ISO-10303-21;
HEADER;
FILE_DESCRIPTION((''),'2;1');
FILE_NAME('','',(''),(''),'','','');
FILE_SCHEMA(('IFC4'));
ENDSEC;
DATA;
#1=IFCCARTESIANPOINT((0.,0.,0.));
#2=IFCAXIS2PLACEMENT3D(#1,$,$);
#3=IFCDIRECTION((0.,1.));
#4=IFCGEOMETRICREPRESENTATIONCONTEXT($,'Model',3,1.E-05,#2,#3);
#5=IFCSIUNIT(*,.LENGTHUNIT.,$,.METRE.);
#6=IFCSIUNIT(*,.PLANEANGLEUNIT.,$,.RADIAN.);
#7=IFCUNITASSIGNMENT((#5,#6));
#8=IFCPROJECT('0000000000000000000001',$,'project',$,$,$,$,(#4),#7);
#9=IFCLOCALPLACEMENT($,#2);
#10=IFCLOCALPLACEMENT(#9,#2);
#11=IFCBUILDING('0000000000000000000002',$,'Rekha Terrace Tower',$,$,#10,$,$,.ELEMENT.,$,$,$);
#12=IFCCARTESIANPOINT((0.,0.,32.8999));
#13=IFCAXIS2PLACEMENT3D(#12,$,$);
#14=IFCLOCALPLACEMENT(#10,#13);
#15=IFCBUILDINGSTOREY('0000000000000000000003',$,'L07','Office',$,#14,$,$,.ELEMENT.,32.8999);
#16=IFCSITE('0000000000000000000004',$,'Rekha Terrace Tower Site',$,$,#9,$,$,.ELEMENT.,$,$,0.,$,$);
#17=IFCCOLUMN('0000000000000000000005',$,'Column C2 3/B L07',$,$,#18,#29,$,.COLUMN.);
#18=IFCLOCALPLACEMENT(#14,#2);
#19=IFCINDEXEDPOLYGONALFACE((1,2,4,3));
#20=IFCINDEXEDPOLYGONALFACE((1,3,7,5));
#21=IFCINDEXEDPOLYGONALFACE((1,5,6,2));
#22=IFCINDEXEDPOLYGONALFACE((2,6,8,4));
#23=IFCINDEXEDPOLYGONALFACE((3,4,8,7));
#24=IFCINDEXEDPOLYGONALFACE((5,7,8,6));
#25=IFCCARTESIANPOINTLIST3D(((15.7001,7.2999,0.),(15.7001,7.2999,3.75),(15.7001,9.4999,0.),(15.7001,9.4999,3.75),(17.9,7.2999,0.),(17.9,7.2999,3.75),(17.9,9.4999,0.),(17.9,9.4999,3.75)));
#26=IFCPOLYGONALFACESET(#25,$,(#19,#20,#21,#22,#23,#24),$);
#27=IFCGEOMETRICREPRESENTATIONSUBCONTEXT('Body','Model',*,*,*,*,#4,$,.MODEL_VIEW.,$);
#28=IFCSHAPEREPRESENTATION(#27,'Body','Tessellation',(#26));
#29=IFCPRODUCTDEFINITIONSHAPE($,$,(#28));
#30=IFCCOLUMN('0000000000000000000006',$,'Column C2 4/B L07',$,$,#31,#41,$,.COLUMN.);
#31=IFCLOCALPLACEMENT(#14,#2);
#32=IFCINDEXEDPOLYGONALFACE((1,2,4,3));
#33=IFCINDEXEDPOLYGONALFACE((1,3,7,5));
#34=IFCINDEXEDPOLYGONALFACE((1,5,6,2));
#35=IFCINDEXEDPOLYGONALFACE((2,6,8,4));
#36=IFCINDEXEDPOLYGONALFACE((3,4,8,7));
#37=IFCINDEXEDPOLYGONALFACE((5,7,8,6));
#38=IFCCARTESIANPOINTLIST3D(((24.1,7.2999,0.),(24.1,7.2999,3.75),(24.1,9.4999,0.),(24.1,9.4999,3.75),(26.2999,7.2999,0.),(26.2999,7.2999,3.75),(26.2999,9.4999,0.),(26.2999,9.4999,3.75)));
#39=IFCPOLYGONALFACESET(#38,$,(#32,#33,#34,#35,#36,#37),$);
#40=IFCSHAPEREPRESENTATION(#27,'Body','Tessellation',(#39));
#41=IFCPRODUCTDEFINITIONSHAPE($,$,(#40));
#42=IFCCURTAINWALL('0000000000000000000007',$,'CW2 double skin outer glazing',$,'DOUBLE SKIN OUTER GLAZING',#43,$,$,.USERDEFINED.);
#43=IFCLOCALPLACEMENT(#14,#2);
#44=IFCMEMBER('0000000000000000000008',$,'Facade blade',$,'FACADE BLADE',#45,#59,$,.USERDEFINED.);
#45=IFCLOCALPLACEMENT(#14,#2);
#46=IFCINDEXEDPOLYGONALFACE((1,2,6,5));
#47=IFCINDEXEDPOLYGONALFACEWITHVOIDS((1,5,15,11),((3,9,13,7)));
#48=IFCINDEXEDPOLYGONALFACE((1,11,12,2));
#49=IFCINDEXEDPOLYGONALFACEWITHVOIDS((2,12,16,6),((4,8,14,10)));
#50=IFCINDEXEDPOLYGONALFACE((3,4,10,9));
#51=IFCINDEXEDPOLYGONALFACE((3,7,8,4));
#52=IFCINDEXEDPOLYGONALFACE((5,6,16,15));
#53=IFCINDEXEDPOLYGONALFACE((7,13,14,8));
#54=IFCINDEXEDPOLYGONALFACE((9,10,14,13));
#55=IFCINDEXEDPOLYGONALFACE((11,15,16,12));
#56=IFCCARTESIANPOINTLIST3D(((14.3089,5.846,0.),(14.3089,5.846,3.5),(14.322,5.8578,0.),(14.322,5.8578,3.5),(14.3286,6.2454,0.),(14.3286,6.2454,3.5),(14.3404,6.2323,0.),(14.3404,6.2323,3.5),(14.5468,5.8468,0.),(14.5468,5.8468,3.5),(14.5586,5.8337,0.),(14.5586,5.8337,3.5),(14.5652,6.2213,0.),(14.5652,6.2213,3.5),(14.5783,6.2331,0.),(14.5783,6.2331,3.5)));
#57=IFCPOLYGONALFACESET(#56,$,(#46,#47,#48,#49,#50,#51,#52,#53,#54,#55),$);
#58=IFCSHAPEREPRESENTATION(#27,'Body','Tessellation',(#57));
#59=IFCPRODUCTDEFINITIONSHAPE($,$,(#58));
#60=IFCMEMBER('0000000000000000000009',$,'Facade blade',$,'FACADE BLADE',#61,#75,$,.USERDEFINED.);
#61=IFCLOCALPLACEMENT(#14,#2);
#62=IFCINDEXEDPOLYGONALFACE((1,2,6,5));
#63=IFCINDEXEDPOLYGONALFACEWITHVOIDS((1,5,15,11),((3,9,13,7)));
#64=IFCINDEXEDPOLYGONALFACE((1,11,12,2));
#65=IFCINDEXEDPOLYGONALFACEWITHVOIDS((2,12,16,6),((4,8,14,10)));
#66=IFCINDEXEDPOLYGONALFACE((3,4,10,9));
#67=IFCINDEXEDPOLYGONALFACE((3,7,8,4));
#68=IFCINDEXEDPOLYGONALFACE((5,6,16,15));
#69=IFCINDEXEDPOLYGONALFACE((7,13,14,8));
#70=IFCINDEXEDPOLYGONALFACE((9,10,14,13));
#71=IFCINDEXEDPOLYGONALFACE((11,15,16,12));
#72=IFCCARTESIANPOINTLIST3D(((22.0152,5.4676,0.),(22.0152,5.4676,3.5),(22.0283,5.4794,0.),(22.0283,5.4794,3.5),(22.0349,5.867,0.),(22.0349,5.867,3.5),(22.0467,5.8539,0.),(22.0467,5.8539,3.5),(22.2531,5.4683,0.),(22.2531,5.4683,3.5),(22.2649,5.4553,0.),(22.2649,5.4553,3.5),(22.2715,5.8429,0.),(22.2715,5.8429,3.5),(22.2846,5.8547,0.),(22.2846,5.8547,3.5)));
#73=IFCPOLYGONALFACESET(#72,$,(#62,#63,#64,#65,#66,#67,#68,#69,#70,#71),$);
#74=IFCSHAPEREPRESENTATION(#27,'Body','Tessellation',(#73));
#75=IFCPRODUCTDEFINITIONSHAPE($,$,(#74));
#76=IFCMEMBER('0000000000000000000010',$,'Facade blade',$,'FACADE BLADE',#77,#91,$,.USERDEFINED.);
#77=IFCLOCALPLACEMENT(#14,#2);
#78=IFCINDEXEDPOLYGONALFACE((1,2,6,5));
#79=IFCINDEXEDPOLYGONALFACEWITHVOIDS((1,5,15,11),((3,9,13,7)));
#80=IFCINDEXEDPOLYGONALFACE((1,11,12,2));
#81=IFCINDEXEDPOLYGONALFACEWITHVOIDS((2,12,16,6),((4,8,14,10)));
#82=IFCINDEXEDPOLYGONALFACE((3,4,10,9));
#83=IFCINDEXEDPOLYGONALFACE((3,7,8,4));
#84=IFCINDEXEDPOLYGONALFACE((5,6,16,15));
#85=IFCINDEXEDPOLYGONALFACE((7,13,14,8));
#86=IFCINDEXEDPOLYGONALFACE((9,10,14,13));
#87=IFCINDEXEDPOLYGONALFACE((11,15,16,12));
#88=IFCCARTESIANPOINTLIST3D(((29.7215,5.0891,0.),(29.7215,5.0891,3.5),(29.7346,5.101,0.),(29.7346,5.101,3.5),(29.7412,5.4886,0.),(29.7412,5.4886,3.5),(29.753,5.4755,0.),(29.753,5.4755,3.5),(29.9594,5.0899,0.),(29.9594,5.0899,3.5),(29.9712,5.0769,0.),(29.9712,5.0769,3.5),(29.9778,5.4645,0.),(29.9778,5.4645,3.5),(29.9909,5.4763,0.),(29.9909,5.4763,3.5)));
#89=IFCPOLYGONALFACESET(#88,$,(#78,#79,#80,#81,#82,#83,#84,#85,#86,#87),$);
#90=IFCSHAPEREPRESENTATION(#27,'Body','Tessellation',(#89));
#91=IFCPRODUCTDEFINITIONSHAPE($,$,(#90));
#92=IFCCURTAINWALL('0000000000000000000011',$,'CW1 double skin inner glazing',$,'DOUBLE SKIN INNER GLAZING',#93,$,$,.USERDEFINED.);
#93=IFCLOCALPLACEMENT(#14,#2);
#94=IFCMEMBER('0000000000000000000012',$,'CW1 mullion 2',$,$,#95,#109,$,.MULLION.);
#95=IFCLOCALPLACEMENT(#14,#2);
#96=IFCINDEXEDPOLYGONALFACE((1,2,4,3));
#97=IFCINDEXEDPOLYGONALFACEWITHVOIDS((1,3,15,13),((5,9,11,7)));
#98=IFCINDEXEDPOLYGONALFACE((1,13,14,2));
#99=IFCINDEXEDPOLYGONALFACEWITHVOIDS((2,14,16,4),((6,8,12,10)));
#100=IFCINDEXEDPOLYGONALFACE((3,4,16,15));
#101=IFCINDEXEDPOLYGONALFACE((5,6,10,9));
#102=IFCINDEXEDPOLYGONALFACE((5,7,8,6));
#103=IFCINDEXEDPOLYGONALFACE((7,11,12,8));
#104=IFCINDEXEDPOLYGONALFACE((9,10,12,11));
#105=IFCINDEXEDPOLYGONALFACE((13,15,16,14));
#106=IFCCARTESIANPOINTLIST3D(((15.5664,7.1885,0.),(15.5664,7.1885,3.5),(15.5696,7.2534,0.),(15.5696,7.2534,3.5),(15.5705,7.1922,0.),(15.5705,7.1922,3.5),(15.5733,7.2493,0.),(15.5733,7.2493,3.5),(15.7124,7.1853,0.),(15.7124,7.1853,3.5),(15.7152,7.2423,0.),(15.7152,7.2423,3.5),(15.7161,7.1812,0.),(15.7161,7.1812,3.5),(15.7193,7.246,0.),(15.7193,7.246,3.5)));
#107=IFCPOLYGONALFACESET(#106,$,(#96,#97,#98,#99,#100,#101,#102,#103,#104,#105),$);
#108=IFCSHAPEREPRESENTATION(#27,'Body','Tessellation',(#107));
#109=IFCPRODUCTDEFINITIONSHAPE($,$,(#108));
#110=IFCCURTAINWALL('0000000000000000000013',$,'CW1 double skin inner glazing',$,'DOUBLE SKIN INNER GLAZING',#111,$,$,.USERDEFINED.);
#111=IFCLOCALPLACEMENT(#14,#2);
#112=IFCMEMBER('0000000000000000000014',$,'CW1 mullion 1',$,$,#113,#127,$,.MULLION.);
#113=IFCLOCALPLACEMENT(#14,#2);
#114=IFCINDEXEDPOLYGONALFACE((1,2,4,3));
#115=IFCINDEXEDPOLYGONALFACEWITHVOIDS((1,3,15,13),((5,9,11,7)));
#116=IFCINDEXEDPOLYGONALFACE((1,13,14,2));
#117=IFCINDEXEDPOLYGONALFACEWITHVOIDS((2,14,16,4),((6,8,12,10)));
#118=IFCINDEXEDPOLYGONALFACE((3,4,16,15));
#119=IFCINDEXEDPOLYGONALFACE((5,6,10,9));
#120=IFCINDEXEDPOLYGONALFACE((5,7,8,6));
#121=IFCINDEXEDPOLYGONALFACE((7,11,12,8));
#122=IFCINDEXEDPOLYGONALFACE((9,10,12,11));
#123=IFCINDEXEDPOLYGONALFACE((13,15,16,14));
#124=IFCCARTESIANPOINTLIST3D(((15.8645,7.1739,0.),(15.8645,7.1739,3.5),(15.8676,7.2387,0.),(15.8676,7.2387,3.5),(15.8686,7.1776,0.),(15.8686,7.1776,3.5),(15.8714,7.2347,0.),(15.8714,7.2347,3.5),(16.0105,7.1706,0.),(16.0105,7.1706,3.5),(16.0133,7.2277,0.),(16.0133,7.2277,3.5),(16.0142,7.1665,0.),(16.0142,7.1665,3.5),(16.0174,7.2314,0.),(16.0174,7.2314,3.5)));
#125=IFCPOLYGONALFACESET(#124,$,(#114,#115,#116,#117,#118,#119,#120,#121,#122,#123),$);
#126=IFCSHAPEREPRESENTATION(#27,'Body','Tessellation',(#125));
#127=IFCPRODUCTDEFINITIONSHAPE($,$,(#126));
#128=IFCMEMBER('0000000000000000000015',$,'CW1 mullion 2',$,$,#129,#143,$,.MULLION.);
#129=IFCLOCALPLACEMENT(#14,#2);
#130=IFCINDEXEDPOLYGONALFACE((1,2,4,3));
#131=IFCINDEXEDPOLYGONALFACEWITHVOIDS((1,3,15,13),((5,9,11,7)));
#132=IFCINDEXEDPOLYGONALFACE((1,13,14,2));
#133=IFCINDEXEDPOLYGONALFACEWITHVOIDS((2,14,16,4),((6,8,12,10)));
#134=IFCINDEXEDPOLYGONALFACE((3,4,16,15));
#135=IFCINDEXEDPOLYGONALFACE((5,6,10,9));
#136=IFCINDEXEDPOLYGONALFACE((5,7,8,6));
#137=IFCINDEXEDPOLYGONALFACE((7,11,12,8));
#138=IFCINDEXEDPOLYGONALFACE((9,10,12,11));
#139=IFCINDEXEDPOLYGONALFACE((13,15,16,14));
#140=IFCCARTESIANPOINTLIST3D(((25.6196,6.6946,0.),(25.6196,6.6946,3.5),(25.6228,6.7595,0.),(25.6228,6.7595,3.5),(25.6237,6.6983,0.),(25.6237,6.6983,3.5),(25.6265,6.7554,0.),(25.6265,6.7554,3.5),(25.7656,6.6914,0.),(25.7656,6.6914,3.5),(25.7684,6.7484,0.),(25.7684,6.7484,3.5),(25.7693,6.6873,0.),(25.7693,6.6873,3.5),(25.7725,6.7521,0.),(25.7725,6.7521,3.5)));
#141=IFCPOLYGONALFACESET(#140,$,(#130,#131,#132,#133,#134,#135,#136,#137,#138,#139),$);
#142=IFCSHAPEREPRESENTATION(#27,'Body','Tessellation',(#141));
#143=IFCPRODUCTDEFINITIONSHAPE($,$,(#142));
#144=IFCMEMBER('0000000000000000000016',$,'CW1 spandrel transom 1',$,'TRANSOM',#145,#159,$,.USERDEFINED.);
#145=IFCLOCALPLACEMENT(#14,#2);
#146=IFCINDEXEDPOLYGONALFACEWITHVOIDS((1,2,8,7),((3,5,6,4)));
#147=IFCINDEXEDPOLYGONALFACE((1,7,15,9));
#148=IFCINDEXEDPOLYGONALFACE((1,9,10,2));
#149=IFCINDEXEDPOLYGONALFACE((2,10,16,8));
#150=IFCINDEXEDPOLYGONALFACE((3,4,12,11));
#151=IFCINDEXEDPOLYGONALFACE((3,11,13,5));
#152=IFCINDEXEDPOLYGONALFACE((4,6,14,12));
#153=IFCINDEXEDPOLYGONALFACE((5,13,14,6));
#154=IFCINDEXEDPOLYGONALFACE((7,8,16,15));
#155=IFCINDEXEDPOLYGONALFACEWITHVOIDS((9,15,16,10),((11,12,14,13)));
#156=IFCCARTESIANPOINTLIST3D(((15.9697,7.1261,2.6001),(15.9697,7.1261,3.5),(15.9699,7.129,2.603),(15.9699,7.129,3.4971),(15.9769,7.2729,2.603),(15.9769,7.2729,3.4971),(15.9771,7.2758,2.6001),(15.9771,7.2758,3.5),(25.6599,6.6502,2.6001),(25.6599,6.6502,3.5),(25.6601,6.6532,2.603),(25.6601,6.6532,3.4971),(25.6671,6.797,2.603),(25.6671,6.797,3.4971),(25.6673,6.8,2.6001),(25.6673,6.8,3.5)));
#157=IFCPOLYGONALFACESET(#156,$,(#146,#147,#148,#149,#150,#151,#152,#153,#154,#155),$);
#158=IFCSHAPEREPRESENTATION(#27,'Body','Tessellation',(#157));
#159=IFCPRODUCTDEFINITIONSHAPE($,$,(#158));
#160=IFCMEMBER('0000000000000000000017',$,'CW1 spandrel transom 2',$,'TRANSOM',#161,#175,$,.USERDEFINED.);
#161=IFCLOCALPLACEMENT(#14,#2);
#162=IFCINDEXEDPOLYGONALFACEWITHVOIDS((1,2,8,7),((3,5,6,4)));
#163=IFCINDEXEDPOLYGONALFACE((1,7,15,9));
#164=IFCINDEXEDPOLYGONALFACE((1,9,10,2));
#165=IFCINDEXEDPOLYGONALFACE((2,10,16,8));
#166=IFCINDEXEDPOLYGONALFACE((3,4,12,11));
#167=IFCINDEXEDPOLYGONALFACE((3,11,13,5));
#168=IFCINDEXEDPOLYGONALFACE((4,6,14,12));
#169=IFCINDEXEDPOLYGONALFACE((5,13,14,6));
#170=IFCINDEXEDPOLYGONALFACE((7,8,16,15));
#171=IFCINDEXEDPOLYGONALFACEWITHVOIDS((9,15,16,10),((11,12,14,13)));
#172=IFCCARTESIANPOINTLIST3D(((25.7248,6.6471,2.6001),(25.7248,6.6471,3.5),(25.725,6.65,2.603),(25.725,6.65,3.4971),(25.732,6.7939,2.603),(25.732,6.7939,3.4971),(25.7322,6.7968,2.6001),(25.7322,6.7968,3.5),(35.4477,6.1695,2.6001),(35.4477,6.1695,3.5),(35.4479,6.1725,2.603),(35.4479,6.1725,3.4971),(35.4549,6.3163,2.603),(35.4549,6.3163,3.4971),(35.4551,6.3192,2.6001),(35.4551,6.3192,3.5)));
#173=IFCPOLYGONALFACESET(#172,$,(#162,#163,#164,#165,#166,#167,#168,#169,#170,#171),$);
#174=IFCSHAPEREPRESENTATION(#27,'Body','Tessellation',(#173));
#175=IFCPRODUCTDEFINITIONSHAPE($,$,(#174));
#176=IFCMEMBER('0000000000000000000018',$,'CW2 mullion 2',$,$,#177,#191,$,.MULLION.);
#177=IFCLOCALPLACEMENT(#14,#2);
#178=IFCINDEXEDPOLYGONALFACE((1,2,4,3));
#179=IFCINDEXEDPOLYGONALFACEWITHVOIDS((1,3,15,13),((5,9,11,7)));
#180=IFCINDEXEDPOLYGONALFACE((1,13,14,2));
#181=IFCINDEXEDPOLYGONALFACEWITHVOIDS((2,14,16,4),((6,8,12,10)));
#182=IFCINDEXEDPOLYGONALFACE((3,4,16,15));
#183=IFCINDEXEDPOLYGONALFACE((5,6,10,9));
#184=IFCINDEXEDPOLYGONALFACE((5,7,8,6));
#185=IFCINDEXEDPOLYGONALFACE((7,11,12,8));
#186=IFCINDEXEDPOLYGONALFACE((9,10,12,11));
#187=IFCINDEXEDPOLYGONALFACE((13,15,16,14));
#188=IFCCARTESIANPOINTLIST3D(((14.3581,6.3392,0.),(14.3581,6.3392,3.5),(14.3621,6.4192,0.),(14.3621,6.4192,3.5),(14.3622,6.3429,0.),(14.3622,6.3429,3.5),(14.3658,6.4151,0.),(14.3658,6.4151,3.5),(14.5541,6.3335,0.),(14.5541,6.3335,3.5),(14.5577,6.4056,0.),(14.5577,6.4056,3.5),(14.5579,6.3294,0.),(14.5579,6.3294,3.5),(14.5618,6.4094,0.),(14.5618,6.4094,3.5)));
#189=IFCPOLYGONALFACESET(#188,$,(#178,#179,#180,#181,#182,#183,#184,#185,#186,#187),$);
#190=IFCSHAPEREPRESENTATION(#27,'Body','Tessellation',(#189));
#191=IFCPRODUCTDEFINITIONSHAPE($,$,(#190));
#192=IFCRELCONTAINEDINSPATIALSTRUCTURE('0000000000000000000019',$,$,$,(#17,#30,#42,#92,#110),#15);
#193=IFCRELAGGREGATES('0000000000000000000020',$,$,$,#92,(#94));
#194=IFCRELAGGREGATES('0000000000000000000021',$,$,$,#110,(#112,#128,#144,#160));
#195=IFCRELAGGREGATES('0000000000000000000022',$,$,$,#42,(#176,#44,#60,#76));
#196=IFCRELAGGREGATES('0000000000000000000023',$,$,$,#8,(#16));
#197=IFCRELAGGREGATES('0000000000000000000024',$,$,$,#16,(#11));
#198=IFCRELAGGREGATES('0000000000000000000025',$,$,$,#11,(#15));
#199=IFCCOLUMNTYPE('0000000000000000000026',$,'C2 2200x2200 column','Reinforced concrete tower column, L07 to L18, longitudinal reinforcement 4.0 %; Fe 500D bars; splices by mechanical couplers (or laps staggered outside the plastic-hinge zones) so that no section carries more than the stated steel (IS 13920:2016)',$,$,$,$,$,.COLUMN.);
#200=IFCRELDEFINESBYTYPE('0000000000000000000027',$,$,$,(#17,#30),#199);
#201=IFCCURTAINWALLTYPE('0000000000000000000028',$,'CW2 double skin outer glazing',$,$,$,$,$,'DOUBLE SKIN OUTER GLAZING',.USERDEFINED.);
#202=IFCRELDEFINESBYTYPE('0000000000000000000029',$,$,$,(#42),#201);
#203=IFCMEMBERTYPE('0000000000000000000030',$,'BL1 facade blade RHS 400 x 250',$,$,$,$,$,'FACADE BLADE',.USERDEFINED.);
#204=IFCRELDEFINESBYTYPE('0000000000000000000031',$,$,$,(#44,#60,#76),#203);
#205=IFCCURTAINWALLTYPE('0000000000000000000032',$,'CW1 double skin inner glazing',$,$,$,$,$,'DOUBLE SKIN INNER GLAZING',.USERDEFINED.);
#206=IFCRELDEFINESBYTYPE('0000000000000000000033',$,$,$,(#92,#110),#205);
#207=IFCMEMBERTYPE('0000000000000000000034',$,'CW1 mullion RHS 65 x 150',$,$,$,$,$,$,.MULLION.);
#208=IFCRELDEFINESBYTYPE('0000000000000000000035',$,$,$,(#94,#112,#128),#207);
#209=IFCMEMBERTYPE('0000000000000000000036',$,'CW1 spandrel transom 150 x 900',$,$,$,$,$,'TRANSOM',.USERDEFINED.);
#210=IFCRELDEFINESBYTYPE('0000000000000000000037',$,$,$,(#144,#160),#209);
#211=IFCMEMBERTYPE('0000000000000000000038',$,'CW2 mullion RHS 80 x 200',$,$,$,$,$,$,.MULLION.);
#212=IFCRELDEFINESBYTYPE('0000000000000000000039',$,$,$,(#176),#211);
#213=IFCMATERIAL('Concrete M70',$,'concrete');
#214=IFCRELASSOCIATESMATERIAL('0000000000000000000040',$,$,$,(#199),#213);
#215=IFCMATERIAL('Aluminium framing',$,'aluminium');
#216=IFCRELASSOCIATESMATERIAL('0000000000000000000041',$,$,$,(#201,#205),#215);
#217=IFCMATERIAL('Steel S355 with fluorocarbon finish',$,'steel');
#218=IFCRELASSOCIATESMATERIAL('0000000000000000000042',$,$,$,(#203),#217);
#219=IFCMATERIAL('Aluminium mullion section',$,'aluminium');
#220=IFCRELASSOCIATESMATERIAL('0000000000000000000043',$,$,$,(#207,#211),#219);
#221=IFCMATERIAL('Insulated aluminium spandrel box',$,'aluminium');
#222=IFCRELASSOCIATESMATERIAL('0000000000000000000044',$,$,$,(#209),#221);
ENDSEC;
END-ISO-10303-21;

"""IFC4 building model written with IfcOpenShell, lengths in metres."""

from ifc_helpers import new_model, si_unit, direction, frame, origin, origin_2d, place, context, subcontext, project, spatial, rectangle, hollow_rectangle, extrude, material, material_profile, profile_set, type_object, element, aggregate, save


model = new_model("IFC4")

# Units and contexts
model_context = context("Model", 3, precision=1e-05, world=origin(), true_north=direction((0.0, 1.0)))
body_context = subcontext(model_context, "Body", "Model", "MODEL_VIEW")
ifc_project = project(units=[si_unit("LENGTHUNIT", "METRE"), si_unit("PLANEANGLEUNIT", "RADIAN")], contexts=[model_context])

# Site, building, storey
site_placement = place(None, origin())
site = spatial("IfcSite", under=ifc_project, at=site_placement, Name="Rekha Terrace Tower Site", CompositionType="ELEMENT", RefElevation=0.0)
building_placement = place(site_placement, origin())
building = spatial("IfcBuilding", under=site, at=building_placement, Name="Rekha Terrace Tower", CompositionType="ELEMENT")
storey_placement = place(building_placement, frame((0.0, 0.0, 32.8999)))
storey = spatial("IfcBuildingStorey", under=building, at=storey_placement, Name="L07", Description="Office", CompositionType="ELEMENT", Elevation=32.8999)

# Columns
ifc_material_1 = material(Name="Concrete M70", Category="concrete")
ifc_material_profile_1 = material_profile(ifc_material_1, rectangle(XDim=2.2, YDim=2.2, at=origin_2d()), Name="RC 2200x2200")
ifc_profile_set_1 = profile_set([ifc_material_profile_1], Name="Concrete M70")
column_type = type_object("IfcColumnType", Name="C2 2200x2200 column", Description="Reinforced concrete tower column, L07 to L18, longitudinal reinforcement 4.0 %; Fe 500D bars; splices by mechanical couplers (or laps staggered outside the plastic-hinge zones) so that no section carries more than the stated steel (IS 13920:2016)", PredefinedType="COLUMN", material=ifc_profile_set_1)
for number, where, z_axis, x_axis, name in (
    (1, (16.8, 8.3999, 0.0), (0.0, 0.0, 1.0), (1.0, 0.0, 0.0), "Column C2 3/B L07"),
    (2, (25.2, 8.3999, 0.0), (0.0, 0.0, 1.0), (1.0, 0.0, 0.0), "Column C2 4/B L07"),
):
    element("IfcColumn", number, at=place(storey_placement, frame(where, z_axis=z_axis, x_axis=x_axis)), inside=storey, type_object=column_type, Name=name, PredefinedType="COLUMN", context=body_context, shape_type="SweptSolid", body=[
        extrude(rectangle(XDim=2.2, YDim=2.2, at=origin_2d()), origin(), (0.0, 0.0, 1.0), 3.75),
    ])

# Curtain wall, members
ifc_material_2 = material(Name="Aluminium framing", Category="aluminium")
curtain_wall_type_1 = type_object("IfcCurtainWallType", Name="CW2 double skin outer glazing", ElementType="DOUBLE SKIN OUTER GLAZING", PredefinedType="USERDEFINED", material=ifc_material_2)
curtain_wall_1_placement = place(storey_placement, origin())
curtain_wall_1 = element("IfcCurtainWall", 3, at=curtain_wall_1_placement, inside=storey, type_object=curtain_wall_type_1, Name="CW2 double skin outer glazing", ObjectType="DOUBLE SKIN OUTER GLAZING", PredefinedType="USERDEFINED")
ifc_material_3 = material(Name="Steel S355 with fluorocarbon finish", Category="steel")
ifc_material_profile_2 = material_profile(ifc_material_3, hollow_rectangle(XDim=0.25, YDim=0.3999, WallThickness=0.0125, at=origin_2d()), Name="RHS400x250x12.5")
ifc_profile_set_2 = profile_set([ifc_material_profile_2], Name="Steel S355 with fluorocarbon finish")
member_type_1 = type_object("IfcMemberType", Name="BL1 facade blade RHS 400 x 250", ElementType="FACADE BLADE", PredefinedType="USERDEFINED", material=ifc_profile_set_2)
member_1_placement = place(storey_placement, frame((14.4436, 6.0396, 0.0), z_axis=(0.0, 0.0, 1.0), x_axis=(0.998796, -0.049052, 0.0)))
member_1 = element("IfcMember", 4, at=member_1_placement, type_object=member_type_1, Name="Facade blade", ObjectType="FACADE BLADE", PredefinedType="USERDEFINED", context=body_context, shape_type="SweptSolid", body=[
    extrude(hollow_rectangle(XDim=0.25, YDim=0.3999, WallThickness=0.0125, at=origin_2d()), origin(), (0.0, 0.0, 1.0), 3.5),
])
member_2_placement = place(storey_placement, frame((22.1499, 5.6611, 0.0), z_axis=(0.0, 0.0, 1.0), x_axis=(0.998796, -0.049052, 0.0)))
member_2 = element("IfcMember", 5, at=member_2_placement, type_object=member_type_1, Name="Facade blade", ObjectType="FACADE BLADE", PredefinedType="USERDEFINED", context=body_context, shape_type="SweptSolid", body=[
    extrude(hollow_rectangle(XDim=0.25, YDim=0.3999, WallThickness=0.0125, at=origin_2d()), origin(), (0.0, 0.0, 1.0), 3.5),
])
member_3_placement = place(storey_placement, frame((29.8562, 5.2827, 0.0), z_axis=(0.0, 0.0, 1.0), x_axis=(0.998796, -0.049052, 0.0)))
member_3 = element("IfcMember", 6, at=member_3_placement, type_object=member_type_1, Name="Facade blade", ObjectType="FACADE BLADE", PredefinedType="USERDEFINED", context=body_context, shape_type="SweptSolid", body=[
    extrude(hollow_rectangle(XDim=0.25, YDim=0.3999, WallThickness=0.0125, at=origin_2d()), origin(), (0.0, 0.0, 1.0), 3.5),
])

# Curtain wall, member
curtain_wall_type_2 = type_object("IfcCurtainWallType", Name="CW1 double skin inner glazing", ElementType="DOUBLE SKIN INNER GLAZING", PredefinedType="USERDEFINED", material=ifc_material_2)
curtain_wall_2_placement = place(storey_placement, origin())
curtain_wall_2 = element("IfcCurtainWall", 7, at=curtain_wall_2_placement, inside=storey, type_object=curtain_wall_type_2, Name="CW1 double skin inner glazing", ObjectType="DOUBLE SKIN INNER GLAZING", PredefinedType="USERDEFINED")
ifc_material_4 = material(Name="Aluminium mullion section", Category="aluminium")
ifc_material_profile_3 = material_profile(ifc_material_4, hollow_rectangle(XDim=0.0649, YDim=0.1499, WallThickness=0.0039, at=origin_2d()), Name="AL RHS 65x150")
ifc_profile_set_3 = profile_set([ifc_material_profile_3], Name="Aluminium mullion section")
member_type_2 = type_object("IfcMemberType", Name="CW1 mullion RHS 65 x 150", PredefinedType="MULLION", material=ifc_profile_set_3)
member_4_placement = place(storey_placement, frame((15.6428, 7.2173, 0.0), z_axis=(0.0, 0.0, 1.0), x_axis=(0.049052, 0.998796, 0.0)))
member_4 = element("IfcMember", 8, at=member_4_placement, type_object=member_type_2, Name="CW1 mullion 2", PredefinedType="MULLION", context=body_context, shape_type="SweptSolid", body=[
    extrude(hollow_rectangle(XDim=0.0649, YDim=0.1499, WallThickness=0.0039, at=origin_2d()), origin(), (0.0, 0.0, 1.0), 3.5),
])

# Curtain wall, members
curtain_wall_3_placement = place(storey_placement, origin())
curtain_wall_3 = element("IfcCurtainWall", 9, at=curtain_wall_3_placement, inside=storey, type_object=curtain_wall_type_2, Name="CW1 double skin inner glazing", ObjectType="DOUBLE SKIN INNER GLAZING", PredefinedType="USERDEFINED")
member_5_placement = place(storey_placement, frame((15.9409, 7.2026, 0.0), z_axis=(0.0, 0.0, 1.0), x_axis=(0.049052, 0.998796, 0.0)))
member_5 = element("IfcMember", 10, at=member_5_placement, type_object=member_type_2, Name="CW1 mullion 1", PredefinedType="MULLION", context=body_context, shape_type="SweptSolid", body=[
    extrude(hollow_rectangle(XDim=0.0649, YDim=0.1499, WallThickness=0.0039, at=origin_2d()), origin(), (0.0, 0.0, 1.0), 3.5),
])
member_6_placement = place(storey_placement, frame((25.696, 6.7234, 0.0), z_axis=(0.0, 0.0, 1.0), x_axis=(0.049052, 0.998796, 0.0)))
member_6 = element("IfcMember", 11, at=member_6_placement, type_object=member_type_2, Name="CW1 mullion 2", PredefinedType="MULLION", context=body_context, shape_type="SweptSolid", body=[
    extrude(hollow_rectangle(XDim=0.0649, YDim=0.1499, WallThickness=0.0039, at=origin_2d()), origin(), (0.0, 0.0, 1.0), 3.5),
])
ifc_material_5 = material(Name="Insulated aluminium spandrel box", Category="aluminium")
ifc_material_profile_4 = material_profile(ifc_material_5, hollow_rectangle(XDim=0.1499, YDim=0.8999, WallThickness=0.0029, at=origin_2d()), Name="AL SPANDREL BOX 150x900")
ifc_profile_set_4 = profile_set([ifc_material_profile_4], Name="Insulated aluminium spandrel box")
member_type_3 = type_object("IfcMemberType", Name="CW1 spandrel transom 150 x 900", ElementType="TRANSOM", PredefinedType="USERDEFINED", material=ifc_profile_set_4)
member_7_placement = place(storey_placement, frame((15.9734, 7.2009, 3.05), z_axis=(0.998797, -0.049045, 0.0), x_axis=(0.049045, 0.998797, 0.0)))
member_7 = element("IfcMember", 12, at=member_7_placement, type_object=member_type_3, Name="CW1 spandrel transom 1", ObjectType="TRANSOM", PredefinedType="USERDEFINED", context=body_context, shape_type="SweptSolid", body=[
    extrude(hollow_rectangle(XDim=0.1499, YDim=0.8999, WallThickness=0.0029, at=origin_2d()), origin(), (0.0, 0.0, 1.0), 9.7019),
])
member_8_placement = place(storey_placement, frame((25.7285, 6.7219, 3.05), z_axis=(0.998796, -0.049056, 0.0), x_axis=(0.049056, 0.998796, 0.0)))
member_8 = element("IfcMember", 13, at=member_8_placement, type_object=member_type_3, Name="CW1 spandrel transom 2", ObjectType="TRANSOM", PredefinedType="USERDEFINED", context=body_context, shape_type="SweptSolid", body=[
    extrude(hollow_rectangle(XDim=0.1499, YDim=0.8999, WallThickness=0.0029, at=origin_2d()), origin(), (0.0, 0.0, 1.0), 9.7346),
])

# Member
ifc_material_profile_5 = material_profile(ifc_material_4, hollow_rectangle(XDim=0.0801, YDim=0.2, WallThickness=0.0039, at=origin_2d()), Name="AL RHS 80x200")
ifc_profile_set_5 = profile_set([ifc_material_profile_5], Name="Aluminium mullion section")
member_type_4 = type_object("IfcMemberType", Name="CW2 mullion RHS 80 x 200", PredefinedType="MULLION", material=ifc_profile_set_5)
member_9_placement = place(storey_placement, frame((14.46, 6.3743, 0.0), z_axis=(0.0, 0.0, 1.0), x_axis=(0.049052, 0.998796, 0.0)))
member_9 = element("IfcMember", 14, at=member_9_placement, type_object=member_type_4, Name="CW2 mullion 2", PredefinedType="MULLION", context=body_context, shape_type="SweptSolid", body=[
    extrude(hollow_rectangle(XDim=0.0801, YDim=0.2, WallThickness=0.0039, at=origin_2d()), origin(), (0.0, 0.0, 1.0), 3.5),
])

aggregate(curtain_wall_2, [member_4])
aggregate(curtain_wall_3, [member_5, member_6, member_7, member_8])
aggregate(curtain_wall_1, [member_9, member_1, member_2, member_3])

save(model, "model.ifc")
